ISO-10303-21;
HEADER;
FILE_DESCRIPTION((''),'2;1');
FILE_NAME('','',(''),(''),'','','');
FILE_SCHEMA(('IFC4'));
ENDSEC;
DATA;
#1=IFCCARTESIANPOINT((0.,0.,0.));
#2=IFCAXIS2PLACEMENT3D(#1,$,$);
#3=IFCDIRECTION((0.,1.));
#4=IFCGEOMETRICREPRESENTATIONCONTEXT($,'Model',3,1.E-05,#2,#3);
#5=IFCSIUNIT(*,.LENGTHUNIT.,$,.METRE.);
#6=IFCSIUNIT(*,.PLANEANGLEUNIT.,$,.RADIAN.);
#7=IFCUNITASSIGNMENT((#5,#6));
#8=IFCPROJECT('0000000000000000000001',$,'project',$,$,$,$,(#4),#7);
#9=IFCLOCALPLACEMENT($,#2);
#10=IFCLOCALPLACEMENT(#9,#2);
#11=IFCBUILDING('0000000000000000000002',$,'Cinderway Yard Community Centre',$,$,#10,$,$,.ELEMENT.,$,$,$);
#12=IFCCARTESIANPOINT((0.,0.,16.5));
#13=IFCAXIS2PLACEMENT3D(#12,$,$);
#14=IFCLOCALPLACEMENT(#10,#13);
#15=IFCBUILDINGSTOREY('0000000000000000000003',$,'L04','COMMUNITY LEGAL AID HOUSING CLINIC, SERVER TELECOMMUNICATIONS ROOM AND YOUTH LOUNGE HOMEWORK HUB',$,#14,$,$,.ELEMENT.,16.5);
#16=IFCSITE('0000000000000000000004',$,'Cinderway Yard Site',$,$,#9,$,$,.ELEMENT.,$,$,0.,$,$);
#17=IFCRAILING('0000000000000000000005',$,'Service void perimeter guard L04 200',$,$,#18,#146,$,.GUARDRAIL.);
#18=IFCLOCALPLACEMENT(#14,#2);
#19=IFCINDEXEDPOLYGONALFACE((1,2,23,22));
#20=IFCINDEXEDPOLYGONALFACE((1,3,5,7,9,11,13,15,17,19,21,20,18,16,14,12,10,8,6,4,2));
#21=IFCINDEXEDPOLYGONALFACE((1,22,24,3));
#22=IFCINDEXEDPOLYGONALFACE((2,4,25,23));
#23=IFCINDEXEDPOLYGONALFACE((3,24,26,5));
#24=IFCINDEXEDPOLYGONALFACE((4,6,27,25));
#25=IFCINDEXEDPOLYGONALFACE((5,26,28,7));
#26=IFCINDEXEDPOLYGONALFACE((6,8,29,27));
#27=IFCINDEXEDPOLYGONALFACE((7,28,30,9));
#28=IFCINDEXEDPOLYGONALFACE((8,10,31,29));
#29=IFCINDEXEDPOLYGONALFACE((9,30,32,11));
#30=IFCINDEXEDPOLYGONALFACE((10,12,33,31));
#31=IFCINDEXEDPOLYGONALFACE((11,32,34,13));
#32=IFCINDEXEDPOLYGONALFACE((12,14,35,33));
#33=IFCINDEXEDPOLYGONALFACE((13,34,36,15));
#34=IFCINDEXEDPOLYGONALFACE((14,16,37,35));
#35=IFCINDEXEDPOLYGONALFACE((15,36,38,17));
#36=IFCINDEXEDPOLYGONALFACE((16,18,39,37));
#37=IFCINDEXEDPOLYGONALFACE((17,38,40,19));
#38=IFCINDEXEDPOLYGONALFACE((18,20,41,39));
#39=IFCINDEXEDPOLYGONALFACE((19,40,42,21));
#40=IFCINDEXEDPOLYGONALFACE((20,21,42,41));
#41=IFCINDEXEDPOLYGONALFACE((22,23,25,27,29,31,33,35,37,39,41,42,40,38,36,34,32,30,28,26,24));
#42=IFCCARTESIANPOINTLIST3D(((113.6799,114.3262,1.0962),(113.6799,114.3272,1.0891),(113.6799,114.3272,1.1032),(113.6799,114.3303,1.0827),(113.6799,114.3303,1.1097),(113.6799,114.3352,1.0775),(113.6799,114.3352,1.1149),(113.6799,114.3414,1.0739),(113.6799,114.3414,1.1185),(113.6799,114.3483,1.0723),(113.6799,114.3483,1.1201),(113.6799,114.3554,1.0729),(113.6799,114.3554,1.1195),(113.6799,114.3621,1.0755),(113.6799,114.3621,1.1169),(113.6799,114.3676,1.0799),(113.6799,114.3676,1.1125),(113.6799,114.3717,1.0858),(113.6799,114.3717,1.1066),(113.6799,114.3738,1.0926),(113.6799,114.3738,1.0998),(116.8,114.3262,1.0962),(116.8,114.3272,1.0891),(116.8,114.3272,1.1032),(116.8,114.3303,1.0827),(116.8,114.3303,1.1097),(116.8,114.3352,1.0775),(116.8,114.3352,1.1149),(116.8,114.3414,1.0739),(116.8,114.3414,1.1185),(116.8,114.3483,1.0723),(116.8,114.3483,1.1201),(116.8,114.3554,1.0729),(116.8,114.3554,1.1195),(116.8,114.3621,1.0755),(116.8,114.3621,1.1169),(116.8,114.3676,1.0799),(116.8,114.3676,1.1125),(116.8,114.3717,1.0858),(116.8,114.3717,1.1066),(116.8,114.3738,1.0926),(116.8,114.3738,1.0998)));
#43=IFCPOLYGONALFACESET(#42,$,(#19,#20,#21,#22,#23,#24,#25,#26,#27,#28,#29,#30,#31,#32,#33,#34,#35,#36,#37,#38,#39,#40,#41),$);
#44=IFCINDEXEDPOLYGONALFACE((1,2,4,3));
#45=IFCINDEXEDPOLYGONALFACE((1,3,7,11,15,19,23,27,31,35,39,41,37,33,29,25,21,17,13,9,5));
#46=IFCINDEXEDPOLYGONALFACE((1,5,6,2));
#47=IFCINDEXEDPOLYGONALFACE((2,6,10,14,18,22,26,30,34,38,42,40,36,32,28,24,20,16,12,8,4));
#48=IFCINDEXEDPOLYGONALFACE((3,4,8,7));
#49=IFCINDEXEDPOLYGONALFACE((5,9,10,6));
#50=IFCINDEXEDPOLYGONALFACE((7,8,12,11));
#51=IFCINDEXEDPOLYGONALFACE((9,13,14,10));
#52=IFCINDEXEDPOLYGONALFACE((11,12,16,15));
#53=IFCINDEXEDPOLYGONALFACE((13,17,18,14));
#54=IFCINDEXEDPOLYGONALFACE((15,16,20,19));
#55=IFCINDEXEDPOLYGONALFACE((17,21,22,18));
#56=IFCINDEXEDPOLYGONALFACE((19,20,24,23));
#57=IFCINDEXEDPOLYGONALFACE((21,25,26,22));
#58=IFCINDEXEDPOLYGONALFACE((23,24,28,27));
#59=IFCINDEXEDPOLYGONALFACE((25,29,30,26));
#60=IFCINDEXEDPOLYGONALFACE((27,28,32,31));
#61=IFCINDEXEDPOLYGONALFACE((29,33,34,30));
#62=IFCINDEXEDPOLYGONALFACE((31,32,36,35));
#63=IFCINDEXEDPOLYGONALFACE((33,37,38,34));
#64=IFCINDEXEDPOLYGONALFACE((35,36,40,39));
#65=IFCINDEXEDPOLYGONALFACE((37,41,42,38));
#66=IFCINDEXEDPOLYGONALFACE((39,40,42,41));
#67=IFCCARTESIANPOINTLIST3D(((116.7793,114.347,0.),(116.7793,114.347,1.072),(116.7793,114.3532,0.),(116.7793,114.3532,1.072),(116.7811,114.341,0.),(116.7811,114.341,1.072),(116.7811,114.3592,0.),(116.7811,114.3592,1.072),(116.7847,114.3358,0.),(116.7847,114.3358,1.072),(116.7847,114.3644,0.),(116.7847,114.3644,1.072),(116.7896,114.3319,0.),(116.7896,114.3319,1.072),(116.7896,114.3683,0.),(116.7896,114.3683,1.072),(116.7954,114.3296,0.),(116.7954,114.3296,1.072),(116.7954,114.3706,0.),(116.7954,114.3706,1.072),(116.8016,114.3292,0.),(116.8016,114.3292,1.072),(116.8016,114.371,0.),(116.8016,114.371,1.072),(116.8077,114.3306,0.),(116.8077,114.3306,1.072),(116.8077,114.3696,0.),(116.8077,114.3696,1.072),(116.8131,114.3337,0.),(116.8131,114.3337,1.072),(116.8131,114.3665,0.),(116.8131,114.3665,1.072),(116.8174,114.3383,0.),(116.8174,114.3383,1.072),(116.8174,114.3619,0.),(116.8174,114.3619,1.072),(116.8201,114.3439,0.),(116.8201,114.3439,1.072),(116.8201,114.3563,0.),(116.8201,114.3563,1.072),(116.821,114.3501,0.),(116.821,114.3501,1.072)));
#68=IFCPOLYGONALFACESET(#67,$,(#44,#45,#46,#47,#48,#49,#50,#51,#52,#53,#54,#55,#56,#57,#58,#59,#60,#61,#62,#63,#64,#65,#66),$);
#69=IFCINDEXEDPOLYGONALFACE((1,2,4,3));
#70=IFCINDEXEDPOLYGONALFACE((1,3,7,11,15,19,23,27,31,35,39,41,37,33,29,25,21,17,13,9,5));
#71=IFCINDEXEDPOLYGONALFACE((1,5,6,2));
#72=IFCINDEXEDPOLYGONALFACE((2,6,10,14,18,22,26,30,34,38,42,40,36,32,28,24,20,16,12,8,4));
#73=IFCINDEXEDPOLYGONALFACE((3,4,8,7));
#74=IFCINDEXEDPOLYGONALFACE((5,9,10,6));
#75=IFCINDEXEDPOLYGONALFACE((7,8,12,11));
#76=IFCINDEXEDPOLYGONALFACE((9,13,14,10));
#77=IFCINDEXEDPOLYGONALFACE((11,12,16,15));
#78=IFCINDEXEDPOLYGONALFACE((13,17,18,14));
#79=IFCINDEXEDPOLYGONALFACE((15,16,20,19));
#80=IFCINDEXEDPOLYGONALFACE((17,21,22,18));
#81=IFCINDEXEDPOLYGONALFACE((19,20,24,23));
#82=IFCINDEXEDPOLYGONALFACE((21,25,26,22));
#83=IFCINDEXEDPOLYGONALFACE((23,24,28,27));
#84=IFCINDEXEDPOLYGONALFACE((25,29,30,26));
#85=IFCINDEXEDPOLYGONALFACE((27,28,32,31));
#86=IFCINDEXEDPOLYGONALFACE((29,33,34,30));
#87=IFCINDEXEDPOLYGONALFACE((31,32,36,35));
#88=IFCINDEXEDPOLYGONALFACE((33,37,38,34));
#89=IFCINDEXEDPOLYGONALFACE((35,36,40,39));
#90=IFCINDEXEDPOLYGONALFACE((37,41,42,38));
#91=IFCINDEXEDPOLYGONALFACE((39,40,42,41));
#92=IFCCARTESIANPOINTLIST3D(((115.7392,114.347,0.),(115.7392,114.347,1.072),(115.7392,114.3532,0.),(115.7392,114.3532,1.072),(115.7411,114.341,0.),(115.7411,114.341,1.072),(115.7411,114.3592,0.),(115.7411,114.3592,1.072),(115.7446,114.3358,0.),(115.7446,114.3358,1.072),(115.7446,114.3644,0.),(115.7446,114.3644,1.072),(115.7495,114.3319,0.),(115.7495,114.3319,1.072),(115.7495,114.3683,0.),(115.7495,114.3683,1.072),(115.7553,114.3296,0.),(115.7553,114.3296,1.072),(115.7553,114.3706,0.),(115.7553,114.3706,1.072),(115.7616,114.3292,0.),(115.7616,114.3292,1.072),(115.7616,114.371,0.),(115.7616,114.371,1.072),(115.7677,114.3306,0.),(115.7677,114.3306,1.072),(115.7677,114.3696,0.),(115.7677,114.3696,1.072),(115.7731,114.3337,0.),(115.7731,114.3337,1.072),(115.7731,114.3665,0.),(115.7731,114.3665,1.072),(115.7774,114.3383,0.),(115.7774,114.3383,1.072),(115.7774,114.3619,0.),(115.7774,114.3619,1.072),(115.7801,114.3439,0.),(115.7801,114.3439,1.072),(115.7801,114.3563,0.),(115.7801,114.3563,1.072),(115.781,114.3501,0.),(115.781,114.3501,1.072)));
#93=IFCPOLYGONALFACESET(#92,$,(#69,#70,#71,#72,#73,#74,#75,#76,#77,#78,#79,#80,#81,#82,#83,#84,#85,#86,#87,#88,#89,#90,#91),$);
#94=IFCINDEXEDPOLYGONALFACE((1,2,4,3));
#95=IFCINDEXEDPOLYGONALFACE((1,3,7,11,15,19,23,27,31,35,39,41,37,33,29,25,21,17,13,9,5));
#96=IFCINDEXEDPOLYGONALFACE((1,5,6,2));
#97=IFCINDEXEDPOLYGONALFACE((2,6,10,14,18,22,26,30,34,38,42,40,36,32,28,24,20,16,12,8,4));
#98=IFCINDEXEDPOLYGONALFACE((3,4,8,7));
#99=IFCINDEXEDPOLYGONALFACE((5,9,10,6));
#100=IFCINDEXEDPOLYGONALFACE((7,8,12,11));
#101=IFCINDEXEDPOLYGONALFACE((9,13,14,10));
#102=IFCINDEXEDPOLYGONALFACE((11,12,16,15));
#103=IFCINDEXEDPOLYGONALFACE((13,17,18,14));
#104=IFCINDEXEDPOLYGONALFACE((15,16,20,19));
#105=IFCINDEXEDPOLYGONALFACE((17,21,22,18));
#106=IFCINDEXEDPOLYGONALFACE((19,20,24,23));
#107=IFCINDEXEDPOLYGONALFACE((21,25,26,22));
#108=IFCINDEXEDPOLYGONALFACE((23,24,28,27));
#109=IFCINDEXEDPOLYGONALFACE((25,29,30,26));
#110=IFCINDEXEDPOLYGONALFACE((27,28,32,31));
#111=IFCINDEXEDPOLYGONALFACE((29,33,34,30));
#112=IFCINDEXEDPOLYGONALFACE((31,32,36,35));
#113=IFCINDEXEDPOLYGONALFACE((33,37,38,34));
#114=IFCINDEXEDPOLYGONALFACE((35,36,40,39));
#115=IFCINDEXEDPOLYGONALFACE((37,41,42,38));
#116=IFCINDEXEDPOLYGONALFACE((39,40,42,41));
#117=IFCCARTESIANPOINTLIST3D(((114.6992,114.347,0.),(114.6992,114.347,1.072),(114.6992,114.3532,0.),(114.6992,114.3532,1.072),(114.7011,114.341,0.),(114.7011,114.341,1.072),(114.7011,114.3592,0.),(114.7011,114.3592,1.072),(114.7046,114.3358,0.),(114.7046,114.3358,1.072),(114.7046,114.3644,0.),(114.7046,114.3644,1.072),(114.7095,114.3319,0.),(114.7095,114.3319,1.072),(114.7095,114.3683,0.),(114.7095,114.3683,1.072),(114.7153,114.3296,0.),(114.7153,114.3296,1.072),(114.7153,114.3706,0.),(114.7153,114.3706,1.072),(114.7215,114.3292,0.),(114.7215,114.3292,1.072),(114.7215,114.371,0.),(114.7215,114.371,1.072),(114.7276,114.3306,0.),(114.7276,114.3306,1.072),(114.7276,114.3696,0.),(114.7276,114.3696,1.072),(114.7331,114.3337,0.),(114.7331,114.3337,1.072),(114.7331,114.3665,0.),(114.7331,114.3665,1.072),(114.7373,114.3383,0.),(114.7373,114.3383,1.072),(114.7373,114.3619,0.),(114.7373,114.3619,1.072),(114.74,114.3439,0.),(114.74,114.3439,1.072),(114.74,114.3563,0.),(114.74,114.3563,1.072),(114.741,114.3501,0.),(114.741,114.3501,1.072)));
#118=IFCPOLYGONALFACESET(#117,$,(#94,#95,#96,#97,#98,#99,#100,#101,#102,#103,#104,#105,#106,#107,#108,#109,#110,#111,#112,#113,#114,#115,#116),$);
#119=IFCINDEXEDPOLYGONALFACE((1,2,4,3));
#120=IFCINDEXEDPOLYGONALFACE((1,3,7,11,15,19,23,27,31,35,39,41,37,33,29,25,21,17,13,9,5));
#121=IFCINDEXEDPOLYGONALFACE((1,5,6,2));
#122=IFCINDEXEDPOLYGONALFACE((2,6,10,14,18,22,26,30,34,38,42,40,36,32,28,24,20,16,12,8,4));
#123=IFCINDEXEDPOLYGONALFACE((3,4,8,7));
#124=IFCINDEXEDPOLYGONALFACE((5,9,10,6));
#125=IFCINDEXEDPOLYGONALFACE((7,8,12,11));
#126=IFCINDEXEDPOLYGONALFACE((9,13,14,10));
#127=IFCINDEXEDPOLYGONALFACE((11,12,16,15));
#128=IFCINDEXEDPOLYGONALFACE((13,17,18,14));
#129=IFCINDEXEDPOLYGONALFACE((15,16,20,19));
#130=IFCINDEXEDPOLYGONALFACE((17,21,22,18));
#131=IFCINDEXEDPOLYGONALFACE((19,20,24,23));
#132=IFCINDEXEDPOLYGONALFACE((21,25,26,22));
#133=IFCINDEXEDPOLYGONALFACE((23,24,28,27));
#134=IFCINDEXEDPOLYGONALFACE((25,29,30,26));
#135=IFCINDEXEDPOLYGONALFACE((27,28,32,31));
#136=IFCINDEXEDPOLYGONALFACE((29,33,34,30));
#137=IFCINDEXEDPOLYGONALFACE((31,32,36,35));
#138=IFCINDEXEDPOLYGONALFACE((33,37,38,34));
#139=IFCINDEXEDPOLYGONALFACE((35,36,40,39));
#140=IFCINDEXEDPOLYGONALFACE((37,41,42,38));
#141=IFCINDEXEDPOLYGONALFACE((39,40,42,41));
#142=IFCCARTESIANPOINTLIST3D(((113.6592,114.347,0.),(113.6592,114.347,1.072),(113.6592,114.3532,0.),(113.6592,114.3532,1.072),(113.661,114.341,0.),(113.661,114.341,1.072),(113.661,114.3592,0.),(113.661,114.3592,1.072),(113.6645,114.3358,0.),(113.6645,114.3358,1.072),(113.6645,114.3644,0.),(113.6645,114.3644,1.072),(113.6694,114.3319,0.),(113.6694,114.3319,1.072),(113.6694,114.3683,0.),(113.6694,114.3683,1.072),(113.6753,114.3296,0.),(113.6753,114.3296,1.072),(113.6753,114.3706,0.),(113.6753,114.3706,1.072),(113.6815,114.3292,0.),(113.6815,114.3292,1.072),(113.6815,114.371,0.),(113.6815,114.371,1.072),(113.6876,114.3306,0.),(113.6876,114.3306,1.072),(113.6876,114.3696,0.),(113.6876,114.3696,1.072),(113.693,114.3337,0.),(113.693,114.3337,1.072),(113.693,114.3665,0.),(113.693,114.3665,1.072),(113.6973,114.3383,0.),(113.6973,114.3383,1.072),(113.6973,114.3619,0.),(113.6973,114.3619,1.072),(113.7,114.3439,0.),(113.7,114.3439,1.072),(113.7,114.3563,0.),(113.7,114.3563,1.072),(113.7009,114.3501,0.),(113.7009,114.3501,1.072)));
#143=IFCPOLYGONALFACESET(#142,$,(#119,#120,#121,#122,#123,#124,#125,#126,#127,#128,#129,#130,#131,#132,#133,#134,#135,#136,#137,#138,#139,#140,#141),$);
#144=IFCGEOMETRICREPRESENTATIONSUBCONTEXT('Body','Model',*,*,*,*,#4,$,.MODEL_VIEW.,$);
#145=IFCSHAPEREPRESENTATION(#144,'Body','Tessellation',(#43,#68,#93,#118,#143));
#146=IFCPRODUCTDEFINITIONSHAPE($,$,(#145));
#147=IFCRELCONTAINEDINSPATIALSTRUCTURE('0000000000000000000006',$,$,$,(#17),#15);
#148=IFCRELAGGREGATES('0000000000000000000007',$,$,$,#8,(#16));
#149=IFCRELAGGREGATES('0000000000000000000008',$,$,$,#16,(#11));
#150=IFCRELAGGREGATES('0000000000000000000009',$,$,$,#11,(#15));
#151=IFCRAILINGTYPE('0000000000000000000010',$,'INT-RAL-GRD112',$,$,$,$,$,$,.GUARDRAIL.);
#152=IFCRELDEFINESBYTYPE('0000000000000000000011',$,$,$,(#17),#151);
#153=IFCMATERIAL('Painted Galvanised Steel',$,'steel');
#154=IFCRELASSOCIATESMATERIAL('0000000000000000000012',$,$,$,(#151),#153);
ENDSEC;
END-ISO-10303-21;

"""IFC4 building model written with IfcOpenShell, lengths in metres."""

from ifc_helpers import new_model, si_unit, direction, frame, origin, origin_2d, place, context, subcontext, project, spatial, circle, extrude, material, type_object, element, save


model = new_model("IFC4")

# Units and contexts
model_context = context("Model", 3, precision=1e-05, world=origin(), true_north=direction((0.0, 1.0)))
body_context = subcontext(model_context, "Body", "Model", "MODEL_VIEW")
ifc_project = project(units=[si_unit("LENGTHUNIT", "METRE"), si_unit("PLANEANGLEUNIT", "RADIAN")], contexts=[model_context])

# Site, building, storey
site_placement = place(None, origin())
site = spatial("IfcSite", under=ifc_project, at=site_placement, Name="Cinderway Yard Site", CompositionType="ELEMENT", RefElevation=0.0)
building_placement = place(site_placement, origin())
building = spatial("IfcBuilding", under=site, at=building_placement, Name="Cinderway Yard Community Centre", CompositionType="ELEMENT")
storey_placement = place(building_placement, frame((0.0, 0.0, 16.5)))
storey = spatial("IfcBuildingStorey", under=building, at=storey_placement, Name="L04", Description="COMMUNITY LEGAL AID HOUSING CLINIC, SERVER TELECOMMUNICATIONS ROOM AND YOUTH LOUNGE HOMEWORK HUB", CompositionType="ELEMENT", Elevation=16.5)

# Shared definitions
ifc_material_1 = material(Name="Painted Galvanised Steel", Category="steel")

# Railing
railing_type_1 = type_object("IfcRailingType", Name="INT-RAL-GRD112", PredefinedType="GUARDRAIL", material=ifc_material_1)
railing_1_placement = place(storey_placement, frame((116.8, 114.3501, 0.0)))
element("IfcRailing", 1, at=railing_1_placement, inside=storey, type_object=railing_type_1, Name="Service void perimeter guard L04 200", PredefinedType="GUARDRAIL", context=body_context, shape_type="SweptSolid", body=[
    extrude(circle(Radius=0.0239, at=origin_2d()), frame((0.0, 0.0, 1.0962), z_axis=(-1.0, 0.0, 0.0), x_axis=(0.0, -1.0, 0.0)), (0.0, 0.0, 1.0), 3.1201),
    extrude(circle(Radius=0.021, at=origin_2d()), origin(), (0.0, 0.0, 1.0), 1.072),
    extrude(circle(Radius=0.021, at=origin_2d()), frame((-1.04, 0.0, 0.0)), (0.0, 0.0, 1.0), 1.072),
    extrude(circle(Radius=0.021, at=origin_2d()), frame((-2.0801, 0.0, 0.0)), (0.0, 0.0, 1.0), 1.072),
    extrude(circle(Radius=0.021, at=origin_2d()), frame((-3.1201, 0.0, 0.0)), (0.0, 0.0, 1.0), 1.072),
])

save(model, "model.ifc")
